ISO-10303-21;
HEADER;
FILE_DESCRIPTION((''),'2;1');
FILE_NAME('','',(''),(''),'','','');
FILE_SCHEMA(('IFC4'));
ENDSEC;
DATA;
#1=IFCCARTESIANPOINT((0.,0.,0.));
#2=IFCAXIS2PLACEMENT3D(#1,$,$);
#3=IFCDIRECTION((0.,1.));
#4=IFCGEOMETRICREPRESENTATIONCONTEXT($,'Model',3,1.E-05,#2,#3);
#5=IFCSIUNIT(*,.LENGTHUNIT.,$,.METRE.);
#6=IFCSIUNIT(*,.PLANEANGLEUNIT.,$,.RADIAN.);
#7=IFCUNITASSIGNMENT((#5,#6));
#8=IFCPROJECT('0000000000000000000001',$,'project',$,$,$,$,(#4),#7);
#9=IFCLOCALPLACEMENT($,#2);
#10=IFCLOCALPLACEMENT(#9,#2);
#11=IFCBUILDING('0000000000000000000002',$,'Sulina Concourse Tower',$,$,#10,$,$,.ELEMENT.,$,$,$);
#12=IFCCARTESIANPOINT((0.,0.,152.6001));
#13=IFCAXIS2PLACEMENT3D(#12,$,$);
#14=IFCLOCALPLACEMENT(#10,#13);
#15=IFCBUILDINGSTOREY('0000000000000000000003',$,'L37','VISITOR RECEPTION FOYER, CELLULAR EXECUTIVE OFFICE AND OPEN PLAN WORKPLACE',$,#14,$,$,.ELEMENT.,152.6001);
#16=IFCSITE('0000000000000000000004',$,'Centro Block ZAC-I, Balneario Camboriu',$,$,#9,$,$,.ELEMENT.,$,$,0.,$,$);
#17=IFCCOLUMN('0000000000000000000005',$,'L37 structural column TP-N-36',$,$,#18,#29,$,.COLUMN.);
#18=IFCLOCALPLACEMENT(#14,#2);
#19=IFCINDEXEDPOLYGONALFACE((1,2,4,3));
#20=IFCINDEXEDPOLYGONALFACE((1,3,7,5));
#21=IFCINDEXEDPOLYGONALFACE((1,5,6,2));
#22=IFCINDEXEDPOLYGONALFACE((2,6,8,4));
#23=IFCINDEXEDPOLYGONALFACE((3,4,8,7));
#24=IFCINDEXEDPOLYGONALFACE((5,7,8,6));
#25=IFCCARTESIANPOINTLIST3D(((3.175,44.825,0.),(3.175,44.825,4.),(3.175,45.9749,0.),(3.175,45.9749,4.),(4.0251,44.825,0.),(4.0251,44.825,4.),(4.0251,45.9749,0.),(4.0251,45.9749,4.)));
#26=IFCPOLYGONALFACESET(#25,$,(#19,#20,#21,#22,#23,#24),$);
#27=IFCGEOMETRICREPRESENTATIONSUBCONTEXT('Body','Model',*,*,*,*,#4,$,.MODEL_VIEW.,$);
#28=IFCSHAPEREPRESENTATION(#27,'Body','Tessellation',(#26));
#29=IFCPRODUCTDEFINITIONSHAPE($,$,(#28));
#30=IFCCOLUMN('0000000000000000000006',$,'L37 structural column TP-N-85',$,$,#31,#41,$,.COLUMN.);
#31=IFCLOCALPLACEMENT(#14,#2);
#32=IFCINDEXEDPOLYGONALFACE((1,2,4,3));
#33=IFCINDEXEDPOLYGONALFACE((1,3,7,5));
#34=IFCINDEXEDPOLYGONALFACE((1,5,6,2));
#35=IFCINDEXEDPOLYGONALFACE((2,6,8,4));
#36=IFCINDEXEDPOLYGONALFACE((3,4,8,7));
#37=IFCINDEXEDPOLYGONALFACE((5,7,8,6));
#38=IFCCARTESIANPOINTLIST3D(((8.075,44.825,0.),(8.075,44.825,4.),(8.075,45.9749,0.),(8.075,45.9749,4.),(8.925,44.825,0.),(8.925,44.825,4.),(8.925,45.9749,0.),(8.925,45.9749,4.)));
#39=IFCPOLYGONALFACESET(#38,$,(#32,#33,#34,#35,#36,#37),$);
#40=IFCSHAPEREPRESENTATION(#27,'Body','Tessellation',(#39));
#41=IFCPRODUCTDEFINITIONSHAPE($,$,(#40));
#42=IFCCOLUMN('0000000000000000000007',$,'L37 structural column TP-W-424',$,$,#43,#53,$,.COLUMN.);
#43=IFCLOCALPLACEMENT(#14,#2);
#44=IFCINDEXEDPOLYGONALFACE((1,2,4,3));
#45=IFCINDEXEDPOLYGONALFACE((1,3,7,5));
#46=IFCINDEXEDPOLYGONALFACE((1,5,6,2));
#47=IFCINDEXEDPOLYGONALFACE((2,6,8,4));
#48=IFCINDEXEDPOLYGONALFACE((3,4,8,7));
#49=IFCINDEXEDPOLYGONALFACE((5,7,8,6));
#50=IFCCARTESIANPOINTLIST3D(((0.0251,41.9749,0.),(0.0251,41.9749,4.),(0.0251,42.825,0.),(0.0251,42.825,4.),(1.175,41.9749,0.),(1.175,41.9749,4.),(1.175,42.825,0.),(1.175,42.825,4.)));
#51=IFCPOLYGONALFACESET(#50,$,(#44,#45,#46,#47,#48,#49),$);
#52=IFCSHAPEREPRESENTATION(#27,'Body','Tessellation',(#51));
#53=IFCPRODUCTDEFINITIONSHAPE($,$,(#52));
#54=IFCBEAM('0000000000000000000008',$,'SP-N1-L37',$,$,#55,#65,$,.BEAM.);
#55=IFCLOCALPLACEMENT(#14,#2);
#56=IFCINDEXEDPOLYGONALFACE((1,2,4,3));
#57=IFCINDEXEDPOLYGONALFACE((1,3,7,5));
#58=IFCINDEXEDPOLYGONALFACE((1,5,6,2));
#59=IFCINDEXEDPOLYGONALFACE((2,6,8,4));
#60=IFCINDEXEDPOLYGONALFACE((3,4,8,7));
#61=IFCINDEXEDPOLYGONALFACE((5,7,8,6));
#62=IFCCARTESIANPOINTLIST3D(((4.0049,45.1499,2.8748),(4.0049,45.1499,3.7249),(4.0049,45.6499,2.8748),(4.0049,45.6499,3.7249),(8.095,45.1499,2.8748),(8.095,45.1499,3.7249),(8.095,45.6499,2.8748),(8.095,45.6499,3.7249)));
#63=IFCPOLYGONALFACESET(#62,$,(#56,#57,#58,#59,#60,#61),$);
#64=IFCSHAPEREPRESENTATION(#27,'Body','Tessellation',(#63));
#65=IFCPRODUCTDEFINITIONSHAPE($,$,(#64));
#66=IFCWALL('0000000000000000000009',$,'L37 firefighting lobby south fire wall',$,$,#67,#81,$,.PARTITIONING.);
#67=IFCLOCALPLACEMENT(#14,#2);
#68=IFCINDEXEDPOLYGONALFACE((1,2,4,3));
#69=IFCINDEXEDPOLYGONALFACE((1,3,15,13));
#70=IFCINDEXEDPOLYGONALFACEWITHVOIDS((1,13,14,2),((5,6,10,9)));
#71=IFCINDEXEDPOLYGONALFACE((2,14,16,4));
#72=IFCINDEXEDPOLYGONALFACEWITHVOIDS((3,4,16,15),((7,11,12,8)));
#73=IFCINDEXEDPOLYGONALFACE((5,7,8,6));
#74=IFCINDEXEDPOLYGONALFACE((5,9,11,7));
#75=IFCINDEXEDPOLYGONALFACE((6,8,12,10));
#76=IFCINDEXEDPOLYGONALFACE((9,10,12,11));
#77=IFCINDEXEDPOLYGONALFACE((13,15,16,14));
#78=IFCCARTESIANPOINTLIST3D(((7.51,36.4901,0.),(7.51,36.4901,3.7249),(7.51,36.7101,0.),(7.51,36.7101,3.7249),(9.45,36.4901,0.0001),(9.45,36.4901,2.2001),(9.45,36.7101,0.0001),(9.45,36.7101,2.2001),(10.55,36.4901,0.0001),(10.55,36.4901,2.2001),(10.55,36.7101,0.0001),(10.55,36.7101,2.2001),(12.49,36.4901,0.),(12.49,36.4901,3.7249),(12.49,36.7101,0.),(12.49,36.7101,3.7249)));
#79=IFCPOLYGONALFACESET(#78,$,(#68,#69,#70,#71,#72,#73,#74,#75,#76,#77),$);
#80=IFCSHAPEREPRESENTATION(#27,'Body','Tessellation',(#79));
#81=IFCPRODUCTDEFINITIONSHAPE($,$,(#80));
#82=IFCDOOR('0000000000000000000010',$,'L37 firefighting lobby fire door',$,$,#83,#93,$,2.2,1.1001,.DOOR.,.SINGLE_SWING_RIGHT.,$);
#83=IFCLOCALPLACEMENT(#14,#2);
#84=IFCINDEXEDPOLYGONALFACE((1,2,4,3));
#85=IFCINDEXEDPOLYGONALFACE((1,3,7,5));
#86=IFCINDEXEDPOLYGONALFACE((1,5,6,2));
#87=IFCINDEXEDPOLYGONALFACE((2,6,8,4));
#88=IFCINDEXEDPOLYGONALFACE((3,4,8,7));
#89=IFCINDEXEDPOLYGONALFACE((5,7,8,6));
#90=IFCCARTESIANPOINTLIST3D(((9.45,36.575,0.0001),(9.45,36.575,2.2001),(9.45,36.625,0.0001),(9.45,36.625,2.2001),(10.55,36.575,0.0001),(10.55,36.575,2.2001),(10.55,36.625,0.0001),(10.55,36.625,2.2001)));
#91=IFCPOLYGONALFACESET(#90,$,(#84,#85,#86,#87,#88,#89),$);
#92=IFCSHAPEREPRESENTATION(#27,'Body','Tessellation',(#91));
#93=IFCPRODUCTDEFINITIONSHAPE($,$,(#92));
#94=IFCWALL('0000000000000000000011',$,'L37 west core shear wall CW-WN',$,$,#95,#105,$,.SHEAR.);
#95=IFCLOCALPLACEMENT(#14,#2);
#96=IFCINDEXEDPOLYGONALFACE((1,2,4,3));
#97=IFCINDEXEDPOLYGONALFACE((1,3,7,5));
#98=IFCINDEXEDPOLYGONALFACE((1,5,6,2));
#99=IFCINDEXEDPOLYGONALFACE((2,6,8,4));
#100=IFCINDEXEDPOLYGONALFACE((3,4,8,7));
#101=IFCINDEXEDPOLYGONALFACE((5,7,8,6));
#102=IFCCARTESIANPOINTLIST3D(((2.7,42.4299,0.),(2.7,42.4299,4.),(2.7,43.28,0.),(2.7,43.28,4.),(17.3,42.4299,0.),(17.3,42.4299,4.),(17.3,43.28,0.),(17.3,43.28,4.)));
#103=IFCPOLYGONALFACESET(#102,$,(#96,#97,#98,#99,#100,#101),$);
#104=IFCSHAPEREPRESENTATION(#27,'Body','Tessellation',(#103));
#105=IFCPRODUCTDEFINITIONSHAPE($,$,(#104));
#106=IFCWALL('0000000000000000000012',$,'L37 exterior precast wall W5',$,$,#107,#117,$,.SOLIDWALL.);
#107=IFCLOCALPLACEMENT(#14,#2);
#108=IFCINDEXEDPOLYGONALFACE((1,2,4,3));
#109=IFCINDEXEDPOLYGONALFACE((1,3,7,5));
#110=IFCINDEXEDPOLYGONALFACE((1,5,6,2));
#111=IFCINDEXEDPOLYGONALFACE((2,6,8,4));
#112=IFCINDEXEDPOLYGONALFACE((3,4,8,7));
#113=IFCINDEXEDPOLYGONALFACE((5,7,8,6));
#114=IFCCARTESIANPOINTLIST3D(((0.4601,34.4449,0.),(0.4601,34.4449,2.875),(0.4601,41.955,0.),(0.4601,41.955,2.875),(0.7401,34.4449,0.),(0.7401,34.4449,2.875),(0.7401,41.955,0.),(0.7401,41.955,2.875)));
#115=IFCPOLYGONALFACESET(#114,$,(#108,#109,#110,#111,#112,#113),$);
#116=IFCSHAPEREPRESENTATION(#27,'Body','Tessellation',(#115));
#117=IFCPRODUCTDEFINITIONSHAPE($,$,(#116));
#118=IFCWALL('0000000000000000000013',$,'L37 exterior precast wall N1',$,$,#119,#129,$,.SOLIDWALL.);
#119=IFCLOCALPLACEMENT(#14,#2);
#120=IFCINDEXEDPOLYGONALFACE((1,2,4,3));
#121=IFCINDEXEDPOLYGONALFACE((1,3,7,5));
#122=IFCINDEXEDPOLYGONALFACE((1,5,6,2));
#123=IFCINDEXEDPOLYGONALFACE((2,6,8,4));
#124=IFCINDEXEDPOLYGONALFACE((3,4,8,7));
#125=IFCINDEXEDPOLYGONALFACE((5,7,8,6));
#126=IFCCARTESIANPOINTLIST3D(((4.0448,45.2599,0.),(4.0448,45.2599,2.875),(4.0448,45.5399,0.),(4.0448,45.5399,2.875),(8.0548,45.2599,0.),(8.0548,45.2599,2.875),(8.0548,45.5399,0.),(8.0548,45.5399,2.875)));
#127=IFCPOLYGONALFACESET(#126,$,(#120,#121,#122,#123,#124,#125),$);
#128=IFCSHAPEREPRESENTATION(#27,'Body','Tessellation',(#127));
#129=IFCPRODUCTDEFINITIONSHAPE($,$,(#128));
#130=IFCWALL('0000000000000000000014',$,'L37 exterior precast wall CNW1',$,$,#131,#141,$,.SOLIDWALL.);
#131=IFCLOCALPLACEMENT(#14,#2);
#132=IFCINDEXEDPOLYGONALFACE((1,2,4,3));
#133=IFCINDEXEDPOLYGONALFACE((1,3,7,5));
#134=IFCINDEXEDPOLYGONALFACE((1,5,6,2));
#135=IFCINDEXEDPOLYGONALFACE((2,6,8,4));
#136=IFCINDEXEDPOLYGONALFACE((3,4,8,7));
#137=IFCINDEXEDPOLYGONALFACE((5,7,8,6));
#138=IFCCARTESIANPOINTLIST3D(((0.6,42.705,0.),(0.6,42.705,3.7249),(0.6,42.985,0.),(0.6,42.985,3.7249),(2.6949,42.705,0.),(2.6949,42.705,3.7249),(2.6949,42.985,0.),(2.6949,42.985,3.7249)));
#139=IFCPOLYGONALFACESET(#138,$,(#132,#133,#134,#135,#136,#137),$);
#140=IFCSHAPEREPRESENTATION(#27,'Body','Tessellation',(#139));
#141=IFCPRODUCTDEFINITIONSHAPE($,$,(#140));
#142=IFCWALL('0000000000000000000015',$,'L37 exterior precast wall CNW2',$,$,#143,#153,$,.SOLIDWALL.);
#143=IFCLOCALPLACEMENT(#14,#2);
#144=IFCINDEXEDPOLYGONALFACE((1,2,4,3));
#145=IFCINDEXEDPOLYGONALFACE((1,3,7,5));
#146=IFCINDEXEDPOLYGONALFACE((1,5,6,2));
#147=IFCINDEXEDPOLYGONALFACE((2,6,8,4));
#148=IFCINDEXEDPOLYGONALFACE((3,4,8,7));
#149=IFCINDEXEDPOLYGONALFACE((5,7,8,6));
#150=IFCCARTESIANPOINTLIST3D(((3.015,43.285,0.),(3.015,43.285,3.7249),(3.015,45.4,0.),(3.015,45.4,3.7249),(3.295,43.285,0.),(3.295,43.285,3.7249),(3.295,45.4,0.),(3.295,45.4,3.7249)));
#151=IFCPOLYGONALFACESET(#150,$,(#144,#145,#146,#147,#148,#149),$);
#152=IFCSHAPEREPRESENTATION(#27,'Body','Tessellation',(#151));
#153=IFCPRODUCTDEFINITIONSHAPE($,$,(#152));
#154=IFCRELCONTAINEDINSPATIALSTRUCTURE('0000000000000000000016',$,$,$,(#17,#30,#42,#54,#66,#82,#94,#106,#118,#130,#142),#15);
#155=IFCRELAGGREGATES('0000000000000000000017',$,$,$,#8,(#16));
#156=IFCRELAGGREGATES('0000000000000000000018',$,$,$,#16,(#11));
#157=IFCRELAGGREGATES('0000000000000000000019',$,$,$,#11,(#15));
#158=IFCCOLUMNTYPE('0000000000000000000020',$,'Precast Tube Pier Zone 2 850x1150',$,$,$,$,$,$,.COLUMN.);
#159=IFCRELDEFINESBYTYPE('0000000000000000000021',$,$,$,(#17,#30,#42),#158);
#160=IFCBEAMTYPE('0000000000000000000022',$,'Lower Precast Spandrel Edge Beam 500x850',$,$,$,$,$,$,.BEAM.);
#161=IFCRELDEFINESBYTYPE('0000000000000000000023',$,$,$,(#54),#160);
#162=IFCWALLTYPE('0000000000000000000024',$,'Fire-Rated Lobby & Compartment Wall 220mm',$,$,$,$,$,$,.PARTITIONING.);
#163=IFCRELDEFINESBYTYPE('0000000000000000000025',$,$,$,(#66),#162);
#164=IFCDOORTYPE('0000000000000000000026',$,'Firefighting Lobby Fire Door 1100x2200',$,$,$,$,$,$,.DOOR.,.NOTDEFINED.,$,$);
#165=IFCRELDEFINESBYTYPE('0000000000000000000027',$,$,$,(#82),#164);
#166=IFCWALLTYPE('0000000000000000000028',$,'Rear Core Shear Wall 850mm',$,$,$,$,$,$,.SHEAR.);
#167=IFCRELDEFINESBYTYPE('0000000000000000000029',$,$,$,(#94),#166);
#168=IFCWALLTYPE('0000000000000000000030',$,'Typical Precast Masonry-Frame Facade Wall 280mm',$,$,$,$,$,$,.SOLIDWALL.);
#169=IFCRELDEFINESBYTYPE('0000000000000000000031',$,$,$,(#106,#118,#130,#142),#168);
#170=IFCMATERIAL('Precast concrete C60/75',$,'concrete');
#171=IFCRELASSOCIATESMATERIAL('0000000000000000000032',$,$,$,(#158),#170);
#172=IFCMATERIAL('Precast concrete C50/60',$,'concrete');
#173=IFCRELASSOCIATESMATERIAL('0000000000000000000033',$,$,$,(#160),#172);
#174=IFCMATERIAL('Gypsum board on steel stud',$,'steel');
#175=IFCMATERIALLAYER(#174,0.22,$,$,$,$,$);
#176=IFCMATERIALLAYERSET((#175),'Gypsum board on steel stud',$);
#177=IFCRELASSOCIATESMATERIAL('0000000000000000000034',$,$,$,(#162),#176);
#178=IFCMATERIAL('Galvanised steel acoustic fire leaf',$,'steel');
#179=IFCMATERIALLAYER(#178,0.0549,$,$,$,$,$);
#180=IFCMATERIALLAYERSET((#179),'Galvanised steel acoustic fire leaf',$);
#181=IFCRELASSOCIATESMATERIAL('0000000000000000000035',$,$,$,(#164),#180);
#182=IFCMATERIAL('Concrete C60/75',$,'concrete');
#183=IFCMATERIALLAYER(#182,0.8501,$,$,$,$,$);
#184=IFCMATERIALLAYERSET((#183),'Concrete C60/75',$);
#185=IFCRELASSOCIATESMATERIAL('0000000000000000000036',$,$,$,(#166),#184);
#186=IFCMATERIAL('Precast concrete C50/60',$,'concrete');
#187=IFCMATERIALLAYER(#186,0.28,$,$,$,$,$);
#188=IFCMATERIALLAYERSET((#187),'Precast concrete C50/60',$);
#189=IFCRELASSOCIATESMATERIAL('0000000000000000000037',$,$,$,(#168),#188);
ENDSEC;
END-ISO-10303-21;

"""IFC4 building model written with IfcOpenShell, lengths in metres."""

from ifc_helpers import new_model, si_unit, direction, frame, frame_2d, origin, origin_2d, place, context, subcontext, project, spatial, rectangle, extrude, material, layer, layer_set, material_profile, profile_set, type_object, element, fill, save


model = new_model("IFC4")

# Units and contexts
model_context = context("Model", 3, precision=1e-05, world=origin(), true_north=direction((0.0, 1.0)))
body_context = subcontext(model_context, "Body", "Model", "MODEL_VIEW")
ifc_project = project(units=[si_unit("LENGTHUNIT", "METRE"), si_unit("PLANEANGLEUNIT", "RADIAN")], contexts=[model_context])

# Site, building, storey
site_placement = place(None, origin())
site = spatial("IfcSite", under=ifc_project, at=site_placement, Name="Centro Block ZAC-I, Balneario Camboriu", CompositionType="ELEMENT", RefElevation=0.0)
building_placement = place(site_placement, origin())
building = spatial("IfcBuilding", under=site, at=building_placement, Name="Sulina Concourse Tower", CompositionType="ELEMENT")
storey_placement = place(building_placement, frame((0.0, 0.0, 152.6001)))
storey = spatial("IfcBuildingStorey", under=building, at=storey_placement, Name="L37", Description="VISITOR RECEPTION FOYER, CELLULAR EXECUTIVE OFFICE AND OPEN PLAN WORKPLACE", CompositionType="ELEMENT", Elevation=152.6001)

# Columns
ifc_material_1 = material(Name="Precast concrete C60/75", Category="concrete")
ifc_material_profile_1 = material_profile(ifc_material_1, rectangle(XDim=0.8501, YDim=1.1499, at=origin_2d()), Name="PC 850x1150")
ifc_profile_set_1 = profile_set([ifc_material_profile_1], Name="Precast concrete C60/75")
column_type = type_object("IfcColumnType", Name="Precast Tube Pier Zone 2 850x1150", PredefinedType="COLUMN", material=ifc_profile_set_1)
for number, where, z_axis, x_axis, name in (
    (1, (3.6001, 45.3999, 0.0), (0.0, 0.0, 1.0), (1.0, 0.0, 0.0), "L37 structural column TP-N-36"),
    (2, (8.5, 45.3999, 0.0), (0.0, 0.0, 1.0), (1.0, 0.0, 0.0), "L37 structural column TP-N-85"),
    (3, (0.6001, 42.3999, 0.0), (0.0, 0.0, 1.0), (0.0, 1.0, 0.0), "L37 structural column TP-W-424"),
):
    element("IfcColumn", number, at=place(storey_placement, frame(where, z_axis=z_axis, x_axis=x_axis)), inside=storey, type_object=column_type, Name=name, PredefinedType="COLUMN", context=body_context, shape_type="SweptSolid", body=[
        extrude(rectangle(XDim=0.8501, YDim=1.1499, at=origin_2d()), origin(), (0.0, 0.0, 1.0), 4.0),
    ])

# Beam
ifc_material_2 = material(Name="Precast concrete C50/60", Category="concrete")
ifc_material_profile_2 = material_profile(ifc_material_2, rectangle(XDim=0.5, YDim=0.8501, at=origin_2d()), Name="RC 500x850")
ifc_profile_set_2 = profile_set([ifc_material_profile_2], Name="Precast concrete C50/60")
beam_type = type_object("IfcBeamType", Name="Lower Precast Spandrel Edge Beam 500x850", PredefinedType="BEAM", material=ifc_profile_set_2)
beam_placement = place(storey_placement, frame((4.0049, 45.3999, 3.2998), z_axis=(1.0, 0.0, 0.0), x_axis=(0.0, 1.0, 0.0)))
element("IfcBeam", 4, at=beam_placement, inside=storey, type_object=beam_type, Name="SP-N1-L37", PredefinedType="BEAM", context=body_context, shape_type="SweptSolid", body=[
    extrude(rectangle(XDim=0.5, YDim=0.8501, at=origin_2d()), origin(), (0.0, 0.0, 1.0), 4.0901),
])

# Wall, opening, door
ifc_material_3 = material(Name="Gypsum board on steel stud", Category="steel")
ifc_layer_1 = layer(ifc_material_3, 0.22)
ifc_layer_set_1 = layer_set([ifc_layer_1], Name="Gypsum board on steel stud")
wall_type_1 = type_object("IfcWallType", Name="Fire-Rated Lobby & Compartment Wall 220mm", PredefinedType="PARTITIONING", material=ifc_layer_set_1)
wall_1_placement = place(storey_placement, frame((7.51, 36.6001, 0.0), z_axis=(0.0, 0.0, 1.0), x_axis=(1.0, 0.0, 0.0)))
wall_1 = element("IfcWall", 5, at=wall_1_placement, inside=storey, type_object=wall_type_1, Name="L37 firefighting lobby south fire wall", PredefinedType="PARTITIONING", context=body_context, shape_type="SweptSolid", body=[
    extrude(rectangle(XDim=4.98, YDim=0.22, at=frame_2d((2.49, 0.0))), origin(), (0.0, 0.0, 1.0), 3.7249),
])
opening_placement = place(wall_1_placement, frame((1.9399, 0.0, 0.0)))
opening = element("IfcOpeningElement", 6, at=opening_placement, cuts=wall_1, PredefinedType="OPENING", context=body_context, shape_type="SweptSolid", body=[
    extrude(rectangle(XDim=1.1001, YDim=2.2, at=frame_2d((0.55, 1.1001))), frame((0.0, 0.1199, 0.0), z_axis=(0.0, -1.0, 0.0), x_axis=(1.0, 0.0, 0.0)), (0.0, 0.0, 1.0), 0.24),
])
ifc_material_4 = material(Name="Galvanised steel acoustic fire leaf", Category="steel")
ifc_layer_2 = layer(ifc_material_4, 0.0549)
ifc_layer_set_2 = layer_set([ifc_layer_2], Name="Galvanised steel acoustic fire leaf")
door_type = type_object("IfcDoorType", Name="Firefighting Lobby Fire Door 1100x2200", OperationType="NOTDEFINED", PredefinedType="DOOR", material=ifc_layer_set_2)
door_placement = place(opening_placement, origin())
door = element("IfcDoor", 7, at=door_placement, inside=storey, type_object=door_type, Name="L37 firefighting lobby fire door", OperationType="SINGLE_SWING_RIGHT", OverallHeight=2.2, OverallWidth=1.1001, PredefinedType="DOOR", context=body_context, shape_type="SweptSolid", body=[
    extrude(rectangle(XDim=1.1001, YDim=2.2, at=frame_2d((0.55, 1.1001))), frame((0.0, 0.0249, 0.0), z_axis=(0.0, -1.0, 0.0), x_axis=(1.0, 0.0, 0.0)), (0.0, 0.0, 1.0), 0.05),
])
fill(opening, door)

# Walls
ifc_material_5 = material(Name="Concrete C60/75", Category="concrete")
ifc_layer_3 = layer(ifc_material_5, 0.8501)
ifc_layer_set_3 = layer_set([ifc_layer_3], Name="Concrete C60/75")
wall_type_2 = type_object("IfcWallType", Name="Rear Core Shear Wall 850mm", PredefinedType="SHEAR", material=ifc_layer_set_3)
wall_2_placement = place(storey_placement, frame((2.7, 42.855, 0.0), z_axis=(0.0, 0.0, 1.0), x_axis=(1.0, 0.0, 0.0)))
element("IfcWall", 8, at=wall_2_placement, inside=storey, type_object=wall_type_2, Name="L37 west core shear wall CW-WN", PredefinedType="SHEAR", context=body_context, shape_type="SweptSolid", body=[
    extrude(rectangle(XDim=14.6001, YDim=0.8501, at=frame_2d((7.3, 0.0))), origin(), (0.0, 0.0, 1.0), 4.0),
])
ifc_material_6 = material(Name="Precast concrete C50/60", Category="concrete")
ifc_layer_4 = layer(ifc_material_6, 0.28)
ifc_layer_set_4 = layer_set([ifc_layer_4], Name="Precast concrete C50/60")
wall_type_3 = type_object("IfcWallType", Name="Typical Precast Masonry-Frame Facade Wall 280mm", PredefinedType="SOLIDWALL", material=ifc_layer_set_4)
wall_3_placement = place(storey_placement, frame((0.6001, 34.4451, 0.0), z_axis=(0.0, 0.0, 1.0), x_axis=(0.0, 1.0, 0.0)))
element("IfcWall", 9, at=wall_3_placement, inside=storey, type_object=wall_type_3, Name="L37 exterior precast wall W5", PredefinedType="SOLIDWALL", context=body_context, shape_type="SweptSolid", body=[
    extrude(rectangle(XDim=7.51, YDim=0.28, at=frame_2d((3.7549, 0.0))), origin(), (0.0, 0.0, 1.0), 2.875),
])
wall_4_placement = place(storey_placement, frame((4.0449, 45.3999, 0.0), z_axis=(0.0, 0.0, 1.0), x_axis=(1.0, 0.0, 0.0)))
element("IfcWall", 10, at=wall_4_placement, inside=storey, type_object=wall_type_3, Name="L37 exterior precast wall N1", PredefinedType="SOLIDWALL", context=body_context, shape_type="SweptSolid", body=[
    extrude(rectangle(XDim=4.01, YDim=0.28, at=frame_2d((2.0049, 0.0))), origin(), (0.0, 0.0, 1.0), 2.875),
])
wall_5_placement = place(storey_placement, frame((0.6001, 42.845, 0.0), z_axis=(0.0, 0.0, 1.0), x_axis=(1.0, 0.0, 0.0)))
element("IfcWall", 11, at=wall_5_placement, inside=storey, type_object=wall_type_3, Name="L37 exterior precast wall CNW1", PredefinedType="SOLIDWALL", context=body_context, shape_type="SweptSolid", body=[
    extrude(rectangle(XDim=2.095, YDim=0.28, at=frame_2d((1.0474, 0.0))), origin(), (0.0, 0.0, 1.0), 3.7249),
])
wall_6_placement = place(storey_placement, frame((3.155, 43.2849, 0.0), z_axis=(0.0, 0.0, 1.0), x_axis=(0.0, 1.0, 0.0)))
element("IfcWall", 12, at=wall_6_placement, inside=storey, type_object=wall_type_3, Name="L37 exterior precast wall CNW2", PredefinedType="SOLIDWALL", context=body_context, shape_type="SweptSolid", body=[
    extrude(rectangle(XDim=2.115, YDim=0.28, at=frame_2d((1.0576, 0.0))), origin(), (0.0, 0.0, 1.0), 3.7249),
])

save(model, "model.ifc")
